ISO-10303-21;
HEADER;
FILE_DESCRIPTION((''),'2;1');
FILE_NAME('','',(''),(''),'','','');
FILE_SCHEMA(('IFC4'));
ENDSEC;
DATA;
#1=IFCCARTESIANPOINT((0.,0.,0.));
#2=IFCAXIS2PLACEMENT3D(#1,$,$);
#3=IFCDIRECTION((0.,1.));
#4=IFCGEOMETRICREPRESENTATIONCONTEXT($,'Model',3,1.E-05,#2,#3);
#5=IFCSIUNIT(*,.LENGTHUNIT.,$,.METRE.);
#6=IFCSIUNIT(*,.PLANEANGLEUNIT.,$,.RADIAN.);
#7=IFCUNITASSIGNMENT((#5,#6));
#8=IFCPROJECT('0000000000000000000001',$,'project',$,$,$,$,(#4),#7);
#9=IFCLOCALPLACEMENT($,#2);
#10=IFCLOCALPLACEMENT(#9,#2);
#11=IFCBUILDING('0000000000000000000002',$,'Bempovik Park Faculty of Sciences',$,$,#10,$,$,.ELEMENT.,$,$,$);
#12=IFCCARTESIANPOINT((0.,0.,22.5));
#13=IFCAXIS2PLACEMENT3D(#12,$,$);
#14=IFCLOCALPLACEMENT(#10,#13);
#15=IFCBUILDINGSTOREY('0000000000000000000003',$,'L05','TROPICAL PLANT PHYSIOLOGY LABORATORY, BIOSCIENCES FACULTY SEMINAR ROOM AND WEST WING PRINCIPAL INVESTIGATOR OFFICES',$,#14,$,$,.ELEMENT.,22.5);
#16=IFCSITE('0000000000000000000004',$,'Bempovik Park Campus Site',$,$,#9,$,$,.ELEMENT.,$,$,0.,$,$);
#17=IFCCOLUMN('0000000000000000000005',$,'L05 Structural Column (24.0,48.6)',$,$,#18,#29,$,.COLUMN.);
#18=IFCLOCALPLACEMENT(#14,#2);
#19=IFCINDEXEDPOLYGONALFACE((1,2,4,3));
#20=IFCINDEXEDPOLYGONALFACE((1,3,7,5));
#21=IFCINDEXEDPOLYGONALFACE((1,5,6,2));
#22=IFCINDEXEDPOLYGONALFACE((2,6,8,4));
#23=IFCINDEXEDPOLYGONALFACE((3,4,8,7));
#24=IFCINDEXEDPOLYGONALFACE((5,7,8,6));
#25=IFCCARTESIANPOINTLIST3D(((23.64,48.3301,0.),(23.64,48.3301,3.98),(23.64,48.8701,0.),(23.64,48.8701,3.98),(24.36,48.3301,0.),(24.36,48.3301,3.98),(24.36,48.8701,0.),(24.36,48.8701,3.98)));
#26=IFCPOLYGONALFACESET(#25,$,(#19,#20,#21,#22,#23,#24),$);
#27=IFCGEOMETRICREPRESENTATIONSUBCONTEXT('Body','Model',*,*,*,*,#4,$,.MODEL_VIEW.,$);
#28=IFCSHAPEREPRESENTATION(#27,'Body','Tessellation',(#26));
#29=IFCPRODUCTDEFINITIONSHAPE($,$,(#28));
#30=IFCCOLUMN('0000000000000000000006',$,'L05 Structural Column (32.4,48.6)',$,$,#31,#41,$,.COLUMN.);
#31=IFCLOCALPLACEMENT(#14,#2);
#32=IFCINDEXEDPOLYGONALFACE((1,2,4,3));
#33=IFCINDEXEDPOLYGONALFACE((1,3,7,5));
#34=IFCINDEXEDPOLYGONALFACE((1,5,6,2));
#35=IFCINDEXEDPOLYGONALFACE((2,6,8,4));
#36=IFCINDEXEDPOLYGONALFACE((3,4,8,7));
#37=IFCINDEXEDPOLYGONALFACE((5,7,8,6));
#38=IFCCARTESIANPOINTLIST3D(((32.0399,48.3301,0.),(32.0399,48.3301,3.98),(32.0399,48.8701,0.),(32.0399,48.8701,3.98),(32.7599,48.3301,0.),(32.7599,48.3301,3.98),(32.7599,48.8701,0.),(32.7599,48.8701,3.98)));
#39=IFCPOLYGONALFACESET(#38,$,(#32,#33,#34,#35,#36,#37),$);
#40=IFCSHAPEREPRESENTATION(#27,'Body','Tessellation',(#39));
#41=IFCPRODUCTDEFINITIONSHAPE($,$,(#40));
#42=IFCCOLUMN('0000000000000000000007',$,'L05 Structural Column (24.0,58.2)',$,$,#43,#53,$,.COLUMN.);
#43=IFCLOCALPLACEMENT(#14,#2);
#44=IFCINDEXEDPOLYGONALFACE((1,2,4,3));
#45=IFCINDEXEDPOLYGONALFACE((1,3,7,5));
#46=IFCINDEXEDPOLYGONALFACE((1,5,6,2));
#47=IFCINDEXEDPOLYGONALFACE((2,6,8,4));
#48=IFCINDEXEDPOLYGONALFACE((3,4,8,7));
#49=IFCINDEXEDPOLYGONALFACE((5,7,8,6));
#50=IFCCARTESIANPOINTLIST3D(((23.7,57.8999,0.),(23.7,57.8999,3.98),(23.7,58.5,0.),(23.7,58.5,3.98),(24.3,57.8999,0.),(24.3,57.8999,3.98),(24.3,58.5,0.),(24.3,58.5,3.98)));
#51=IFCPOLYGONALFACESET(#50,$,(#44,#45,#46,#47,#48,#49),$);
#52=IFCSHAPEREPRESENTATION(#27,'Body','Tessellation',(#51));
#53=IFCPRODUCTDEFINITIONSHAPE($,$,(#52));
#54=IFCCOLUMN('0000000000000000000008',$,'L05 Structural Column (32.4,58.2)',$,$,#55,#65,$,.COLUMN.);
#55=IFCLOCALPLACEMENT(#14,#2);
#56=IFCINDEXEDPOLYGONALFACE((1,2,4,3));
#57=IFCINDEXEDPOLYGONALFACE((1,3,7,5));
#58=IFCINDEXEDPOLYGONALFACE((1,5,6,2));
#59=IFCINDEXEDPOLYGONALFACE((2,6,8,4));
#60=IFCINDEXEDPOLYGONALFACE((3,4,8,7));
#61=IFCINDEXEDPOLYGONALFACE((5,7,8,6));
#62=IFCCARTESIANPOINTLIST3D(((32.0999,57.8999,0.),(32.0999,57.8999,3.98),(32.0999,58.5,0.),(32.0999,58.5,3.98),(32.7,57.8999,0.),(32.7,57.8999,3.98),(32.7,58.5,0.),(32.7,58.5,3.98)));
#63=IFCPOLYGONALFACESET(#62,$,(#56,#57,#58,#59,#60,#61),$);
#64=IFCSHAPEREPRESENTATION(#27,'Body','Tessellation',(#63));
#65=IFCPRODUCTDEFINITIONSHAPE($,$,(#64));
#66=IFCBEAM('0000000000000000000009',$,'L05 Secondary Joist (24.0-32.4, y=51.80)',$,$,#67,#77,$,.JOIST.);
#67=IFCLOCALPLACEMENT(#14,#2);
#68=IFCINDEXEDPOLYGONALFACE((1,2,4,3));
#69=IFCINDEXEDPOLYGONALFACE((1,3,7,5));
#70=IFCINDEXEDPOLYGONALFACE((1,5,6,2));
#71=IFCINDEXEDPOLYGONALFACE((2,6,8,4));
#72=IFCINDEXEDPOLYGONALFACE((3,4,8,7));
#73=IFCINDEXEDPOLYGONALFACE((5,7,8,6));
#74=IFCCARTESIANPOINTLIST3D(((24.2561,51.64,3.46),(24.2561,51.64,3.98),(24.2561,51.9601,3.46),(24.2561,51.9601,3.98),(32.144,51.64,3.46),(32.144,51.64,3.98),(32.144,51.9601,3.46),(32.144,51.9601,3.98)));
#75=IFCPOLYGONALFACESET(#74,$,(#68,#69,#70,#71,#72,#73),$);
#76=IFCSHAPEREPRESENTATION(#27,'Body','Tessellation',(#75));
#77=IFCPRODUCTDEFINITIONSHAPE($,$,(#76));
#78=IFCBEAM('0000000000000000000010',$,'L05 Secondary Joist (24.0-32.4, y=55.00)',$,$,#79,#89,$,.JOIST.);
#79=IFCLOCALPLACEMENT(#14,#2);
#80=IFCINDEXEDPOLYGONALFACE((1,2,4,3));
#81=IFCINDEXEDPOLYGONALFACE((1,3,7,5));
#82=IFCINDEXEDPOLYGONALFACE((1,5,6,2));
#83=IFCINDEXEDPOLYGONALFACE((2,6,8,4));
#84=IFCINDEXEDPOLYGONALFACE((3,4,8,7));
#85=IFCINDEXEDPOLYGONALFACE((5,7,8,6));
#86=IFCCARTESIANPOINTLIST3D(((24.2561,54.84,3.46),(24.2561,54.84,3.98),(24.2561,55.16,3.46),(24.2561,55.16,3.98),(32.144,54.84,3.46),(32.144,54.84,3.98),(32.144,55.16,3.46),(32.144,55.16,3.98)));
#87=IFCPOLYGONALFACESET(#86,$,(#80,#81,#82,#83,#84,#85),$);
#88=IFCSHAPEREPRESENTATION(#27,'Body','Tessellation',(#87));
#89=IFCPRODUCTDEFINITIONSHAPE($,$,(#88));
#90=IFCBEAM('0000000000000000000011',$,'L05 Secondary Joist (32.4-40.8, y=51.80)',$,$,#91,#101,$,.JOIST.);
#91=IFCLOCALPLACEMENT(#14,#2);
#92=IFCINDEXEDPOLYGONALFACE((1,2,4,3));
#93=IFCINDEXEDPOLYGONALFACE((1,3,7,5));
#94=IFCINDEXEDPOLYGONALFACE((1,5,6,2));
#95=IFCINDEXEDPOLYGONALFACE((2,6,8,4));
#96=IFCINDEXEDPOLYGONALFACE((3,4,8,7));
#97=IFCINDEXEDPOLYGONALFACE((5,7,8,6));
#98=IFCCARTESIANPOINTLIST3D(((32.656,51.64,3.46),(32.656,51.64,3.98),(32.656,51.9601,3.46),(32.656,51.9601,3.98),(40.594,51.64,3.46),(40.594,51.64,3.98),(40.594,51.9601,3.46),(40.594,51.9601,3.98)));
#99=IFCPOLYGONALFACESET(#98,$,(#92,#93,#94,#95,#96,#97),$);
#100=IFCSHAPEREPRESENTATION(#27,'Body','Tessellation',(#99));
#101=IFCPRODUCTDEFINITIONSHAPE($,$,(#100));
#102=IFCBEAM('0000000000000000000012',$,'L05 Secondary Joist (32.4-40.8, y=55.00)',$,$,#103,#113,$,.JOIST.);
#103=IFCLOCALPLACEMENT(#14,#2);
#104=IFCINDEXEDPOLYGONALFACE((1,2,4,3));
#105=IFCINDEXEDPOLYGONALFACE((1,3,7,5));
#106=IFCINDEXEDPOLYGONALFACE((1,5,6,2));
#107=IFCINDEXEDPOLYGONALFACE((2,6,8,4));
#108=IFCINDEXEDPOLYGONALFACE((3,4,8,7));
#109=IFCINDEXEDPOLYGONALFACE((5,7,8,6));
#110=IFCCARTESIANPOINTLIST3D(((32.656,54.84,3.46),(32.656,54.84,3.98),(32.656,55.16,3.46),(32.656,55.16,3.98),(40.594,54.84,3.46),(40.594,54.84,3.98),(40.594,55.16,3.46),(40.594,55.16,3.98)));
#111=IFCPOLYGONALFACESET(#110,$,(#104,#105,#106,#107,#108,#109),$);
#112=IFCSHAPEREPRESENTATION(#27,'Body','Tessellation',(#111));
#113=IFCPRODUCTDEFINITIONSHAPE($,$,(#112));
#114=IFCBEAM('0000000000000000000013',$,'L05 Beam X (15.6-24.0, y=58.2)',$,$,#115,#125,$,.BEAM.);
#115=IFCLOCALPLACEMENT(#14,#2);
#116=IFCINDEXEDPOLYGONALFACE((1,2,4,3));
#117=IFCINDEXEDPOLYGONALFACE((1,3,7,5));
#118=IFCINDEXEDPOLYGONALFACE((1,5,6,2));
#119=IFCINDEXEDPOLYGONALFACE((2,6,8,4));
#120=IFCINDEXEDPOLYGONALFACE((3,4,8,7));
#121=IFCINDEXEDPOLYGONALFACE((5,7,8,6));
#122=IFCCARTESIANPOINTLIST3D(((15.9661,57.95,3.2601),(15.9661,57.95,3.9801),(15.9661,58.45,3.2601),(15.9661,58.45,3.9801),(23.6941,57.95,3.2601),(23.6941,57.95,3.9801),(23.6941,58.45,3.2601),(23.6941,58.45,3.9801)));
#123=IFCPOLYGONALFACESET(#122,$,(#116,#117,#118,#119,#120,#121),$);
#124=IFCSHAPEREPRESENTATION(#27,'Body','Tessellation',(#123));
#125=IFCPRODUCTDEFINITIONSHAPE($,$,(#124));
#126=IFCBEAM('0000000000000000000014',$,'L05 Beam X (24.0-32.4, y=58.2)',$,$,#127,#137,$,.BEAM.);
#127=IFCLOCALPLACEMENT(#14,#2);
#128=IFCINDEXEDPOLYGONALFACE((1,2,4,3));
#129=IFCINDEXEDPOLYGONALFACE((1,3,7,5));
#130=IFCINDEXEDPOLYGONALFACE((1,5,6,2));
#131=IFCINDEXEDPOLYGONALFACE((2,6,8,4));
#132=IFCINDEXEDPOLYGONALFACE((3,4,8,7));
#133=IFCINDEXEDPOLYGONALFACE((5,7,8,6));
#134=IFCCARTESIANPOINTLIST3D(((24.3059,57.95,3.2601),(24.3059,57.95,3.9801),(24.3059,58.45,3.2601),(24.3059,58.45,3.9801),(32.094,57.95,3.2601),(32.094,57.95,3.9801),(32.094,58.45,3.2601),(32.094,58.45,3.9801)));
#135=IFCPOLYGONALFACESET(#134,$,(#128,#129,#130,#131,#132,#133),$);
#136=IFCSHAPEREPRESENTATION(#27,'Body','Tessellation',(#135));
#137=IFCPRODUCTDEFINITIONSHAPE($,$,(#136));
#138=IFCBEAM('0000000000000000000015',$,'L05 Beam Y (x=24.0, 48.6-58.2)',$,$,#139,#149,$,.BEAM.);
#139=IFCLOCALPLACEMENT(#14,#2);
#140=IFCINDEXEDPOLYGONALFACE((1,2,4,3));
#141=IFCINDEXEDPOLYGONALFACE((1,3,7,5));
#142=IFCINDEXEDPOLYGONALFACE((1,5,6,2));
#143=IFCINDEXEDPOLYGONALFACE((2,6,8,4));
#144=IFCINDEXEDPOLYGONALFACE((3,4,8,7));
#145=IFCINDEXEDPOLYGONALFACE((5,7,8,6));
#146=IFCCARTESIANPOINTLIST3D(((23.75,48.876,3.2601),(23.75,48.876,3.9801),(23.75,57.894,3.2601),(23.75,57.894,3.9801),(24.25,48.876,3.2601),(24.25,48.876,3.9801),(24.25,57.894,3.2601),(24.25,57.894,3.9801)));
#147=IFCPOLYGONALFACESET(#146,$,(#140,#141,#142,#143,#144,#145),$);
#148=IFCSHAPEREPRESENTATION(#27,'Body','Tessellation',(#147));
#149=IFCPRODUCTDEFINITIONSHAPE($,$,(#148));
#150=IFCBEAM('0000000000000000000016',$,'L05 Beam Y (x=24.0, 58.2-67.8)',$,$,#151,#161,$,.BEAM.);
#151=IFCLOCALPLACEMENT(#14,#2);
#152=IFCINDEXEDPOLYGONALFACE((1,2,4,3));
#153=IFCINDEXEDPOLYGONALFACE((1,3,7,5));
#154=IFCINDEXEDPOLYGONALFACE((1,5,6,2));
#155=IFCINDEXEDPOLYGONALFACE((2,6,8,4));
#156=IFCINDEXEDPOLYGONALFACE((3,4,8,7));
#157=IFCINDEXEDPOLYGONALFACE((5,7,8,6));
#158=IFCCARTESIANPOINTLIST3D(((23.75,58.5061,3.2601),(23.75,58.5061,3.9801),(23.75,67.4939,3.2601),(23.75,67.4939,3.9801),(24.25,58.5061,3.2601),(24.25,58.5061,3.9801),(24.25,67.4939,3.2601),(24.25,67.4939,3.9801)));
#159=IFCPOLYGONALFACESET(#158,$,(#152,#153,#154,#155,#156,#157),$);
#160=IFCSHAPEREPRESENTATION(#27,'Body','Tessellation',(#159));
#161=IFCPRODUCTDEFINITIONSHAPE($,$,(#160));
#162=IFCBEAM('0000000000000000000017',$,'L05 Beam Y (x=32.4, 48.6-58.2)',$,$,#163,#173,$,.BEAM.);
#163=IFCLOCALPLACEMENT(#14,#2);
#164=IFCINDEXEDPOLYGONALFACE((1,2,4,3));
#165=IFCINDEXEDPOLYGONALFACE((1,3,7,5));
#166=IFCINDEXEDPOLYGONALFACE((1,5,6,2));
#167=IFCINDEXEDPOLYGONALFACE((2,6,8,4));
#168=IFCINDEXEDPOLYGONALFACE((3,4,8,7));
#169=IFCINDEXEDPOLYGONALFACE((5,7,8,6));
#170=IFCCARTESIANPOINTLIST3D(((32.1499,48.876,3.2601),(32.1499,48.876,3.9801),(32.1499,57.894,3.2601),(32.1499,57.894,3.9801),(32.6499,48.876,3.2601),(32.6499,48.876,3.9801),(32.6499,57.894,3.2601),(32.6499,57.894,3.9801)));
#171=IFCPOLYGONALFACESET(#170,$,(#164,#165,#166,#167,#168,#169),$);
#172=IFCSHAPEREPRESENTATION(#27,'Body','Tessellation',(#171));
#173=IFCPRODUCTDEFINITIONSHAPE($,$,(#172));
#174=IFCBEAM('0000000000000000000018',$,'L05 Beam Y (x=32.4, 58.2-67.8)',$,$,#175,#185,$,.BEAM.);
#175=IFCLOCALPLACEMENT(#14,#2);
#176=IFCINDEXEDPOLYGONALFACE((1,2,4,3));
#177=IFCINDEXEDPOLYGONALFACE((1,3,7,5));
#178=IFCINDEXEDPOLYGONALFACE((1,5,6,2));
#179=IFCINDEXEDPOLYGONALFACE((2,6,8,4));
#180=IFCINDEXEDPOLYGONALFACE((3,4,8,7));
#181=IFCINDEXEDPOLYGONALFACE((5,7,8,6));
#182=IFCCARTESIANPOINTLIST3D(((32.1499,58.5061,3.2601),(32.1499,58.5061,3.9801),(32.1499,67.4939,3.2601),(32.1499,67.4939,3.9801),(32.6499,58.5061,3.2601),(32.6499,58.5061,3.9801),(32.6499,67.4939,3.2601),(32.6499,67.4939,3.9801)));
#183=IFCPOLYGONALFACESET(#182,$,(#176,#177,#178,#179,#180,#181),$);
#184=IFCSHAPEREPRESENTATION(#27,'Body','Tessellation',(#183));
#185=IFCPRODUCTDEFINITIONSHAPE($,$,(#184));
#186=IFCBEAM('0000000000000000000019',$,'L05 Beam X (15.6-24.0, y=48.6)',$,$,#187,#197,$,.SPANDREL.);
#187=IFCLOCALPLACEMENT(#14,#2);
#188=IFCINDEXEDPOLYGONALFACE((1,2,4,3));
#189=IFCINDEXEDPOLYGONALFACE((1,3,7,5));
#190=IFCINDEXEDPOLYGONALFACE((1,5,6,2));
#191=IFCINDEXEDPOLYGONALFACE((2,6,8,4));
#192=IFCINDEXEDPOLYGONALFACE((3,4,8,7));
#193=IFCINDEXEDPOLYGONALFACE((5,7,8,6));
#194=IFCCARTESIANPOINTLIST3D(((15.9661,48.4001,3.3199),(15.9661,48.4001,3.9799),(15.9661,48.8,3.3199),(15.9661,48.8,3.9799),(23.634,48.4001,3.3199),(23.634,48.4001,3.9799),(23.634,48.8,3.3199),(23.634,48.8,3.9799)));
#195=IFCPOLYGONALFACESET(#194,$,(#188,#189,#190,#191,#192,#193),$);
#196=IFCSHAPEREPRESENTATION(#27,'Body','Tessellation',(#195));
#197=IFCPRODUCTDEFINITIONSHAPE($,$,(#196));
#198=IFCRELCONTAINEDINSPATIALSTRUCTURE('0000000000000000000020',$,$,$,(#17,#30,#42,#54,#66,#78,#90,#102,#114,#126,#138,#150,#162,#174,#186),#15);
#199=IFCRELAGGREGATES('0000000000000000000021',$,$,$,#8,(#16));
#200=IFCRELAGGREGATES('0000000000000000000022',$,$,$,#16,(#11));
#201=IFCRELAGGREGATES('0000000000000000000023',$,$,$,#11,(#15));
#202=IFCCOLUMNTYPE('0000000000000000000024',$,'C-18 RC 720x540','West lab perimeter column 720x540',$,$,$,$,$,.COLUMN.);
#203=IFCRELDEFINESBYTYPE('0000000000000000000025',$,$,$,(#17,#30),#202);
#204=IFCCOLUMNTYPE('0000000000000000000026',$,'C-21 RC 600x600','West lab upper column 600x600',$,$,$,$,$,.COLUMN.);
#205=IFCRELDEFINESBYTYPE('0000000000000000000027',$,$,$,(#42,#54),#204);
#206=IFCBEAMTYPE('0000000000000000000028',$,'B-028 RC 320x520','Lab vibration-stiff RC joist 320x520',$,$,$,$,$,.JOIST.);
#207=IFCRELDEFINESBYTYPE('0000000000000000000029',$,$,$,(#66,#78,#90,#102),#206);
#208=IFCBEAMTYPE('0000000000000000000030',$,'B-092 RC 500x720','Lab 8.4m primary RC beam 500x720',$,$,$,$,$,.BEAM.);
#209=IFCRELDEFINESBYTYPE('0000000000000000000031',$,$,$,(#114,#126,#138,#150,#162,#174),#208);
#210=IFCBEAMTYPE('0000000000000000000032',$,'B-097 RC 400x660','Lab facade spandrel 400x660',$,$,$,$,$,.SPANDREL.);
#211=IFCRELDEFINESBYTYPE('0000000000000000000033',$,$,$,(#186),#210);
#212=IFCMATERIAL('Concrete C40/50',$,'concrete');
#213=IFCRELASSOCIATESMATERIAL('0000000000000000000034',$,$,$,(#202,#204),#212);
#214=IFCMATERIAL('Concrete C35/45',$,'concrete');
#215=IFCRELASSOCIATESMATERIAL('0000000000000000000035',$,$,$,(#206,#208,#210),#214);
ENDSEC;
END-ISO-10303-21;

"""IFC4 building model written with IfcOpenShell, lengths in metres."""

from ifc_helpers import new_model, si_unit, direction, frame, origin, origin_2d, place, context, subcontext, project, spatial, rectangle, extrude, material, material_profile, profile_set, type_object, element, save


model = new_model("IFC4")

# Units and contexts
model_context = context("Model", 3, precision=1e-05, world=origin(), true_north=direction((0.0, 1.0)))
body_context = subcontext(model_context, "Body", "Model", "MODEL_VIEW")
ifc_project = project(units=[si_unit("LENGTHUNIT", "METRE"), si_unit("PLANEANGLEUNIT", "RADIAN")], contexts=[model_context])

# Site, building, storey
site_placement = place(None, origin())
site = spatial("IfcSite", under=ifc_project, at=site_placement, Name="Bempovik Park Campus Site", CompositionType="ELEMENT", RefElevation=0.0)
building_placement = place(site_placement, origin())
building = spatial("IfcBuilding", under=site, at=building_placement, Name="Bempovik Park Faculty of Sciences", CompositionType="ELEMENT")
storey_placement = place(building_placement, frame((0.0, 0.0, 22.5)))
storey = spatial("IfcBuildingStorey", under=building, at=storey_placement, Name="L05", Description="TROPICAL PLANT PHYSIOLOGY LABORATORY, BIOSCIENCES FACULTY SEMINAR ROOM AND WEST WING PRINCIPAL INVESTIGATOR OFFICES", CompositionType="ELEMENT", Elevation=22.5)

# Columns
ifc_material_1 = material(Name="Concrete C40/50", Category="concrete")
ifc_material_profile_1 = material_profile(ifc_material_1, rectangle(XDim=0.72, YDim=0.54, at=origin_2d()), Name="RC 720x540")
ifc_profile_set_1 = profile_set([ifc_material_profile_1], Name="Concrete C40/50")
column_type_1 = type_object("IfcColumnType", Name="C-18 RC 720x540", Description="West lab perimeter column 720x540", PredefinedType="COLUMN", material=ifc_profile_set_1)
for number, where, z_axis, x_axis, name in (
    (1, (24.0, 48.6001, 0.0), (0.0, 0.0, 1.0), (1.0, 0.0, 0.0), "L05 Structural Column (24.0,48.6)"),
    (2, (32.3999, 48.6001, 0.0), (0.0, 0.0, 1.0), (1.0, 0.0, 0.0), "L05 Structural Column (32.4,48.6)"),
):
    element("IfcColumn", number, at=place(storey_placement, frame(where, z_axis=z_axis, x_axis=x_axis)), inside=storey, type_object=column_type_1, Name=name, PredefinedType="COLUMN", context=body_context, shape_type="SweptSolid", body=[
        extrude(rectangle(XDim=0.72, YDim=0.54, at=origin_2d()), origin(), (0.0, 0.0, 1.0), 3.98),
    ])
ifc_material_profile_2 = material_profile(ifc_material_1, rectangle(XDim=0.6001, YDim=0.6001, at=origin_2d()), Name="RC 600x600")
ifc_profile_set_2 = profile_set([ifc_material_profile_2], Name="Concrete C40/50")
column_type_2 = type_object("IfcColumnType", Name="C-21 RC 600x600", Description="West lab upper column 600x600", PredefinedType="COLUMN", material=ifc_profile_set_2)
for number, where, z_axis, x_axis, name in (
    (3, (24.0, 58.2, 0.0), (0.0, 0.0, 1.0), (1.0, 0.0, 0.0), "L05 Structural Column (24.0,58.2)"),
    (4, (32.3999, 58.2, 0.0), (0.0, 0.0, 1.0), (1.0, 0.0, 0.0), "L05 Structural Column (32.4,58.2)"),
):
    element("IfcColumn", number, at=place(storey_placement, frame(where, z_axis=z_axis, x_axis=x_axis)), inside=storey, type_object=column_type_2, Name=name, PredefinedType="COLUMN", context=body_context, shape_type="SweptSolid", body=[
        extrude(rectangle(XDim=0.6001, YDim=0.6001, at=origin_2d()), origin(), (0.0, 0.0, 1.0), 3.98),
    ])

# Beams
ifc_material_2 = material(Name="Concrete C35/45", Category="concrete")
ifc_material_profile_3 = material_profile(ifc_material_2, rectangle(XDim=0.3201, YDim=0.52, at=origin_2d()), Name="RC 320x520")
ifc_profile_set_3 = profile_set([ifc_material_profile_3], Name="Concrete C35/45")
beam_type_1 = type_object("IfcBeamType", Name="B-028 RC 320x520", Description="Lab vibration-stiff RC joist 320x520", PredefinedType="JOIST", material=ifc_profile_set_3)
for number, where, z_axis, x_axis, name in (
    (5, (24.2561, 51.8, 3.72), (1.0, 0.0, 0.0), (0.0, 1.0, 0.0), "L05 Secondary Joist (24.0-32.4, y=51.80)"),
    (6, (24.2561, 55.0, 3.72), (1.0, 0.0, 0.0), (0.0, 1.0, 0.0), "L05 Secondary Joist (24.0-32.4, y=55.00)"),
):
    element("IfcBeam", number, at=place(storey_placement, frame(where, z_axis=z_axis, x_axis=x_axis)), inside=storey, type_object=beam_type_1, Name=name, PredefinedType="JOIST", context=body_context, shape_type="SweptSolid", body=[
        extrude(rectangle(XDim=0.3201, YDim=0.52, at=origin_2d()), origin(), (0.0, 0.0, 1.0), 7.8879),
    ])
for number, where, z_axis, x_axis, name in (
    (7, (32.656, 51.8, 3.72), (1.0, 0.0, 0.0), (0.0, 1.0, 0.0), "L05 Secondary Joist (32.4-40.8, y=51.80)"),
    (8, (32.656, 55.0, 3.72), (1.0, 0.0, 0.0), (0.0, 1.0, 0.0), "L05 Secondary Joist (32.4-40.8, y=55.00)"),
):
    element("IfcBeam", number, at=place(storey_placement, frame(where, z_axis=z_axis, x_axis=x_axis)), inside=storey, type_object=beam_type_1, Name=name, PredefinedType="JOIST", context=body_context, shape_type="SweptSolid", body=[
        extrude(rectangle(XDim=0.3201, YDim=0.52, at=origin_2d()), origin(), (0.0, 0.0, 1.0), 7.938),
    ])
ifc_material_profile_4 = material_profile(ifc_material_2, rectangle(XDim=0.5, YDim=0.72, at=origin_2d()), Name="RC 500x720")
ifc_profile_set_4 = profile_set([ifc_material_profile_4], Name="Concrete C35/45")
beam_type_2 = type_object("IfcBeamType", Name="B-092 RC 500x720", Description="Lab 8.4m primary RC beam 500x720", PredefinedType="BEAM", material=ifc_profile_set_4)
beam_1_placement = place(storey_placement, frame((15.9661, 58.2, 3.6201), z_axis=(1.0, 0.0, 0.0), x_axis=(0.0, 1.0, 0.0)))
element("IfcBeam", 9, at=beam_1_placement, inside=storey, type_object=beam_type_2, Name="L05 Beam X (15.6-24.0, y=58.2)", PredefinedType="BEAM", context=body_context, shape_type="SweptSolid", body=[
    extrude(rectangle(XDim=0.5, YDim=0.72, at=origin_2d()), origin(), (0.0, 0.0, 1.0), 7.728),
])
beam_2_placement = place(storey_placement, frame((24.3059, 58.2, 3.6201), z_axis=(1.0, 0.0, 0.0), x_axis=(0.0, 1.0, 0.0)))
element("IfcBeam", 10, at=beam_2_placement, inside=storey, type_object=beam_type_2, Name="L05 Beam X (24.0-32.4, y=58.2)", PredefinedType="BEAM", context=body_context, shape_type="SweptSolid", body=[
    extrude(rectangle(XDim=0.5, YDim=0.72, at=origin_2d()), origin(), (0.0, 0.0, 1.0), 7.7881),
])
beam_3_placement = place(storey_placement, frame((24.0, 48.876, 3.6201), z_axis=(0.0, 1.0, 0.0), x_axis=(-1.0, 0.0, 0.0)))
element("IfcBeam", 11, at=beam_3_placement, inside=storey, type_object=beam_type_2, Name="L05 Beam Y (x=24.0, 48.6-58.2)", PredefinedType="BEAM", context=body_context, shape_type="SweptSolid", body=[
    extrude(rectangle(XDim=0.5, YDim=0.72, at=origin_2d()), origin(), (0.0, 0.0, 1.0), 9.0181),
])
beam_4_placement = place(storey_placement, frame((24.0, 58.5061, 3.6201), z_axis=(0.0, 1.0, 0.0), x_axis=(-1.0, 0.0, 0.0)))
element("IfcBeam", 12, at=beam_4_placement, inside=storey, type_object=beam_type_2, Name="L05 Beam Y (x=24.0, 58.2-67.8)", PredefinedType="BEAM", context=body_context, shape_type="SweptSolid", body=[
    extrude(rectangle(XDim=0.5, YDim=0.72, at=origin_2d()), origin(), (0.0, 0.0, 1.0), 8.9878),
])
beam_5_placement = place(storey_placement, frame((32.3999, 48.876, 3.6201), z_axis=(0.0, 1.0, 0.0), x_axis=(-1.0, 0.0, 0.0)))
element("IfcBeam", 13, at=beam_5_placement, inside=storey, type_object=beam_type_2, Name="L05 Beam Y (x=32.4, 48.6-58.2)", PredefinedType="BEAM", context=body_context, shape_type="SweptSolid", body=[
    extrude(rectangle(XDim=0.5, YDim=0.72, at=origin_2d()), origin(), (0.0, 0.0, 1.0), 9.0181),
])
beam_6_placement = place(storey_placement, frame((32.3999, 58.5061, 3.6201), z_axis=(0.0, 1.0, 0.0), x_axis=(-1.0, 0.0, 0.0)))
element("IfcBeam", 14, at=beam_6_placement, inside=storey, type_object=beam_type_2, Name="L05 Beam Y (x=32.4, 58.2-67.8)", PredefinedType="BEAM", context=body_context, shape_type="SweptSolid", body=[
    extrude(rectangle(XDim=0.5, YDim=0.72, at=origin_2d()), origin(), (0.0, 0.0, 1.0), 8.9878),
])
ifc_material_profile_5 = material_profile(ifc_material_2, rectangle(XDim=0.3999, YDim=0.6599, at=origin_2d()), Name="RC 400x660")
ifc_profile_set_5 = profile_set([ifc_material_profile_5], Name="Concrete C35/45")
beam_type_3 = type_object("IfcBeamType", Name="B-097 RC 400x660", Description="Lab facade spandrel 400x660", PredefinedType="SPANDREL", material=ifc_profile_set_5)
for number, where, z_axis, x_axis, name in (
    (15, (15.9661, 48.6001, 3.6499), (1.0, 0.0, 0.0), (0.0, 1.0, 0.0), "L05 Beam X (15.6-24.0, y=48.6)"),
):
    element("IfcBeam", number, at=place(storey_placement, frame(where, z_axis=z_axis, x_axis=x_axis)), inside=storey, type_object=beam_type_3, Name=name, PredefinedType="SPANDREL", context=body_context, shape_type="SweptSolid", body=[
        extrude(rectangle(XDim=0.3999, YDim=0.6599, at=origin_2d()), origin(), (0.0, 0.0, 1.0), 7.668),
    ])

save(model, "model.ifc")
